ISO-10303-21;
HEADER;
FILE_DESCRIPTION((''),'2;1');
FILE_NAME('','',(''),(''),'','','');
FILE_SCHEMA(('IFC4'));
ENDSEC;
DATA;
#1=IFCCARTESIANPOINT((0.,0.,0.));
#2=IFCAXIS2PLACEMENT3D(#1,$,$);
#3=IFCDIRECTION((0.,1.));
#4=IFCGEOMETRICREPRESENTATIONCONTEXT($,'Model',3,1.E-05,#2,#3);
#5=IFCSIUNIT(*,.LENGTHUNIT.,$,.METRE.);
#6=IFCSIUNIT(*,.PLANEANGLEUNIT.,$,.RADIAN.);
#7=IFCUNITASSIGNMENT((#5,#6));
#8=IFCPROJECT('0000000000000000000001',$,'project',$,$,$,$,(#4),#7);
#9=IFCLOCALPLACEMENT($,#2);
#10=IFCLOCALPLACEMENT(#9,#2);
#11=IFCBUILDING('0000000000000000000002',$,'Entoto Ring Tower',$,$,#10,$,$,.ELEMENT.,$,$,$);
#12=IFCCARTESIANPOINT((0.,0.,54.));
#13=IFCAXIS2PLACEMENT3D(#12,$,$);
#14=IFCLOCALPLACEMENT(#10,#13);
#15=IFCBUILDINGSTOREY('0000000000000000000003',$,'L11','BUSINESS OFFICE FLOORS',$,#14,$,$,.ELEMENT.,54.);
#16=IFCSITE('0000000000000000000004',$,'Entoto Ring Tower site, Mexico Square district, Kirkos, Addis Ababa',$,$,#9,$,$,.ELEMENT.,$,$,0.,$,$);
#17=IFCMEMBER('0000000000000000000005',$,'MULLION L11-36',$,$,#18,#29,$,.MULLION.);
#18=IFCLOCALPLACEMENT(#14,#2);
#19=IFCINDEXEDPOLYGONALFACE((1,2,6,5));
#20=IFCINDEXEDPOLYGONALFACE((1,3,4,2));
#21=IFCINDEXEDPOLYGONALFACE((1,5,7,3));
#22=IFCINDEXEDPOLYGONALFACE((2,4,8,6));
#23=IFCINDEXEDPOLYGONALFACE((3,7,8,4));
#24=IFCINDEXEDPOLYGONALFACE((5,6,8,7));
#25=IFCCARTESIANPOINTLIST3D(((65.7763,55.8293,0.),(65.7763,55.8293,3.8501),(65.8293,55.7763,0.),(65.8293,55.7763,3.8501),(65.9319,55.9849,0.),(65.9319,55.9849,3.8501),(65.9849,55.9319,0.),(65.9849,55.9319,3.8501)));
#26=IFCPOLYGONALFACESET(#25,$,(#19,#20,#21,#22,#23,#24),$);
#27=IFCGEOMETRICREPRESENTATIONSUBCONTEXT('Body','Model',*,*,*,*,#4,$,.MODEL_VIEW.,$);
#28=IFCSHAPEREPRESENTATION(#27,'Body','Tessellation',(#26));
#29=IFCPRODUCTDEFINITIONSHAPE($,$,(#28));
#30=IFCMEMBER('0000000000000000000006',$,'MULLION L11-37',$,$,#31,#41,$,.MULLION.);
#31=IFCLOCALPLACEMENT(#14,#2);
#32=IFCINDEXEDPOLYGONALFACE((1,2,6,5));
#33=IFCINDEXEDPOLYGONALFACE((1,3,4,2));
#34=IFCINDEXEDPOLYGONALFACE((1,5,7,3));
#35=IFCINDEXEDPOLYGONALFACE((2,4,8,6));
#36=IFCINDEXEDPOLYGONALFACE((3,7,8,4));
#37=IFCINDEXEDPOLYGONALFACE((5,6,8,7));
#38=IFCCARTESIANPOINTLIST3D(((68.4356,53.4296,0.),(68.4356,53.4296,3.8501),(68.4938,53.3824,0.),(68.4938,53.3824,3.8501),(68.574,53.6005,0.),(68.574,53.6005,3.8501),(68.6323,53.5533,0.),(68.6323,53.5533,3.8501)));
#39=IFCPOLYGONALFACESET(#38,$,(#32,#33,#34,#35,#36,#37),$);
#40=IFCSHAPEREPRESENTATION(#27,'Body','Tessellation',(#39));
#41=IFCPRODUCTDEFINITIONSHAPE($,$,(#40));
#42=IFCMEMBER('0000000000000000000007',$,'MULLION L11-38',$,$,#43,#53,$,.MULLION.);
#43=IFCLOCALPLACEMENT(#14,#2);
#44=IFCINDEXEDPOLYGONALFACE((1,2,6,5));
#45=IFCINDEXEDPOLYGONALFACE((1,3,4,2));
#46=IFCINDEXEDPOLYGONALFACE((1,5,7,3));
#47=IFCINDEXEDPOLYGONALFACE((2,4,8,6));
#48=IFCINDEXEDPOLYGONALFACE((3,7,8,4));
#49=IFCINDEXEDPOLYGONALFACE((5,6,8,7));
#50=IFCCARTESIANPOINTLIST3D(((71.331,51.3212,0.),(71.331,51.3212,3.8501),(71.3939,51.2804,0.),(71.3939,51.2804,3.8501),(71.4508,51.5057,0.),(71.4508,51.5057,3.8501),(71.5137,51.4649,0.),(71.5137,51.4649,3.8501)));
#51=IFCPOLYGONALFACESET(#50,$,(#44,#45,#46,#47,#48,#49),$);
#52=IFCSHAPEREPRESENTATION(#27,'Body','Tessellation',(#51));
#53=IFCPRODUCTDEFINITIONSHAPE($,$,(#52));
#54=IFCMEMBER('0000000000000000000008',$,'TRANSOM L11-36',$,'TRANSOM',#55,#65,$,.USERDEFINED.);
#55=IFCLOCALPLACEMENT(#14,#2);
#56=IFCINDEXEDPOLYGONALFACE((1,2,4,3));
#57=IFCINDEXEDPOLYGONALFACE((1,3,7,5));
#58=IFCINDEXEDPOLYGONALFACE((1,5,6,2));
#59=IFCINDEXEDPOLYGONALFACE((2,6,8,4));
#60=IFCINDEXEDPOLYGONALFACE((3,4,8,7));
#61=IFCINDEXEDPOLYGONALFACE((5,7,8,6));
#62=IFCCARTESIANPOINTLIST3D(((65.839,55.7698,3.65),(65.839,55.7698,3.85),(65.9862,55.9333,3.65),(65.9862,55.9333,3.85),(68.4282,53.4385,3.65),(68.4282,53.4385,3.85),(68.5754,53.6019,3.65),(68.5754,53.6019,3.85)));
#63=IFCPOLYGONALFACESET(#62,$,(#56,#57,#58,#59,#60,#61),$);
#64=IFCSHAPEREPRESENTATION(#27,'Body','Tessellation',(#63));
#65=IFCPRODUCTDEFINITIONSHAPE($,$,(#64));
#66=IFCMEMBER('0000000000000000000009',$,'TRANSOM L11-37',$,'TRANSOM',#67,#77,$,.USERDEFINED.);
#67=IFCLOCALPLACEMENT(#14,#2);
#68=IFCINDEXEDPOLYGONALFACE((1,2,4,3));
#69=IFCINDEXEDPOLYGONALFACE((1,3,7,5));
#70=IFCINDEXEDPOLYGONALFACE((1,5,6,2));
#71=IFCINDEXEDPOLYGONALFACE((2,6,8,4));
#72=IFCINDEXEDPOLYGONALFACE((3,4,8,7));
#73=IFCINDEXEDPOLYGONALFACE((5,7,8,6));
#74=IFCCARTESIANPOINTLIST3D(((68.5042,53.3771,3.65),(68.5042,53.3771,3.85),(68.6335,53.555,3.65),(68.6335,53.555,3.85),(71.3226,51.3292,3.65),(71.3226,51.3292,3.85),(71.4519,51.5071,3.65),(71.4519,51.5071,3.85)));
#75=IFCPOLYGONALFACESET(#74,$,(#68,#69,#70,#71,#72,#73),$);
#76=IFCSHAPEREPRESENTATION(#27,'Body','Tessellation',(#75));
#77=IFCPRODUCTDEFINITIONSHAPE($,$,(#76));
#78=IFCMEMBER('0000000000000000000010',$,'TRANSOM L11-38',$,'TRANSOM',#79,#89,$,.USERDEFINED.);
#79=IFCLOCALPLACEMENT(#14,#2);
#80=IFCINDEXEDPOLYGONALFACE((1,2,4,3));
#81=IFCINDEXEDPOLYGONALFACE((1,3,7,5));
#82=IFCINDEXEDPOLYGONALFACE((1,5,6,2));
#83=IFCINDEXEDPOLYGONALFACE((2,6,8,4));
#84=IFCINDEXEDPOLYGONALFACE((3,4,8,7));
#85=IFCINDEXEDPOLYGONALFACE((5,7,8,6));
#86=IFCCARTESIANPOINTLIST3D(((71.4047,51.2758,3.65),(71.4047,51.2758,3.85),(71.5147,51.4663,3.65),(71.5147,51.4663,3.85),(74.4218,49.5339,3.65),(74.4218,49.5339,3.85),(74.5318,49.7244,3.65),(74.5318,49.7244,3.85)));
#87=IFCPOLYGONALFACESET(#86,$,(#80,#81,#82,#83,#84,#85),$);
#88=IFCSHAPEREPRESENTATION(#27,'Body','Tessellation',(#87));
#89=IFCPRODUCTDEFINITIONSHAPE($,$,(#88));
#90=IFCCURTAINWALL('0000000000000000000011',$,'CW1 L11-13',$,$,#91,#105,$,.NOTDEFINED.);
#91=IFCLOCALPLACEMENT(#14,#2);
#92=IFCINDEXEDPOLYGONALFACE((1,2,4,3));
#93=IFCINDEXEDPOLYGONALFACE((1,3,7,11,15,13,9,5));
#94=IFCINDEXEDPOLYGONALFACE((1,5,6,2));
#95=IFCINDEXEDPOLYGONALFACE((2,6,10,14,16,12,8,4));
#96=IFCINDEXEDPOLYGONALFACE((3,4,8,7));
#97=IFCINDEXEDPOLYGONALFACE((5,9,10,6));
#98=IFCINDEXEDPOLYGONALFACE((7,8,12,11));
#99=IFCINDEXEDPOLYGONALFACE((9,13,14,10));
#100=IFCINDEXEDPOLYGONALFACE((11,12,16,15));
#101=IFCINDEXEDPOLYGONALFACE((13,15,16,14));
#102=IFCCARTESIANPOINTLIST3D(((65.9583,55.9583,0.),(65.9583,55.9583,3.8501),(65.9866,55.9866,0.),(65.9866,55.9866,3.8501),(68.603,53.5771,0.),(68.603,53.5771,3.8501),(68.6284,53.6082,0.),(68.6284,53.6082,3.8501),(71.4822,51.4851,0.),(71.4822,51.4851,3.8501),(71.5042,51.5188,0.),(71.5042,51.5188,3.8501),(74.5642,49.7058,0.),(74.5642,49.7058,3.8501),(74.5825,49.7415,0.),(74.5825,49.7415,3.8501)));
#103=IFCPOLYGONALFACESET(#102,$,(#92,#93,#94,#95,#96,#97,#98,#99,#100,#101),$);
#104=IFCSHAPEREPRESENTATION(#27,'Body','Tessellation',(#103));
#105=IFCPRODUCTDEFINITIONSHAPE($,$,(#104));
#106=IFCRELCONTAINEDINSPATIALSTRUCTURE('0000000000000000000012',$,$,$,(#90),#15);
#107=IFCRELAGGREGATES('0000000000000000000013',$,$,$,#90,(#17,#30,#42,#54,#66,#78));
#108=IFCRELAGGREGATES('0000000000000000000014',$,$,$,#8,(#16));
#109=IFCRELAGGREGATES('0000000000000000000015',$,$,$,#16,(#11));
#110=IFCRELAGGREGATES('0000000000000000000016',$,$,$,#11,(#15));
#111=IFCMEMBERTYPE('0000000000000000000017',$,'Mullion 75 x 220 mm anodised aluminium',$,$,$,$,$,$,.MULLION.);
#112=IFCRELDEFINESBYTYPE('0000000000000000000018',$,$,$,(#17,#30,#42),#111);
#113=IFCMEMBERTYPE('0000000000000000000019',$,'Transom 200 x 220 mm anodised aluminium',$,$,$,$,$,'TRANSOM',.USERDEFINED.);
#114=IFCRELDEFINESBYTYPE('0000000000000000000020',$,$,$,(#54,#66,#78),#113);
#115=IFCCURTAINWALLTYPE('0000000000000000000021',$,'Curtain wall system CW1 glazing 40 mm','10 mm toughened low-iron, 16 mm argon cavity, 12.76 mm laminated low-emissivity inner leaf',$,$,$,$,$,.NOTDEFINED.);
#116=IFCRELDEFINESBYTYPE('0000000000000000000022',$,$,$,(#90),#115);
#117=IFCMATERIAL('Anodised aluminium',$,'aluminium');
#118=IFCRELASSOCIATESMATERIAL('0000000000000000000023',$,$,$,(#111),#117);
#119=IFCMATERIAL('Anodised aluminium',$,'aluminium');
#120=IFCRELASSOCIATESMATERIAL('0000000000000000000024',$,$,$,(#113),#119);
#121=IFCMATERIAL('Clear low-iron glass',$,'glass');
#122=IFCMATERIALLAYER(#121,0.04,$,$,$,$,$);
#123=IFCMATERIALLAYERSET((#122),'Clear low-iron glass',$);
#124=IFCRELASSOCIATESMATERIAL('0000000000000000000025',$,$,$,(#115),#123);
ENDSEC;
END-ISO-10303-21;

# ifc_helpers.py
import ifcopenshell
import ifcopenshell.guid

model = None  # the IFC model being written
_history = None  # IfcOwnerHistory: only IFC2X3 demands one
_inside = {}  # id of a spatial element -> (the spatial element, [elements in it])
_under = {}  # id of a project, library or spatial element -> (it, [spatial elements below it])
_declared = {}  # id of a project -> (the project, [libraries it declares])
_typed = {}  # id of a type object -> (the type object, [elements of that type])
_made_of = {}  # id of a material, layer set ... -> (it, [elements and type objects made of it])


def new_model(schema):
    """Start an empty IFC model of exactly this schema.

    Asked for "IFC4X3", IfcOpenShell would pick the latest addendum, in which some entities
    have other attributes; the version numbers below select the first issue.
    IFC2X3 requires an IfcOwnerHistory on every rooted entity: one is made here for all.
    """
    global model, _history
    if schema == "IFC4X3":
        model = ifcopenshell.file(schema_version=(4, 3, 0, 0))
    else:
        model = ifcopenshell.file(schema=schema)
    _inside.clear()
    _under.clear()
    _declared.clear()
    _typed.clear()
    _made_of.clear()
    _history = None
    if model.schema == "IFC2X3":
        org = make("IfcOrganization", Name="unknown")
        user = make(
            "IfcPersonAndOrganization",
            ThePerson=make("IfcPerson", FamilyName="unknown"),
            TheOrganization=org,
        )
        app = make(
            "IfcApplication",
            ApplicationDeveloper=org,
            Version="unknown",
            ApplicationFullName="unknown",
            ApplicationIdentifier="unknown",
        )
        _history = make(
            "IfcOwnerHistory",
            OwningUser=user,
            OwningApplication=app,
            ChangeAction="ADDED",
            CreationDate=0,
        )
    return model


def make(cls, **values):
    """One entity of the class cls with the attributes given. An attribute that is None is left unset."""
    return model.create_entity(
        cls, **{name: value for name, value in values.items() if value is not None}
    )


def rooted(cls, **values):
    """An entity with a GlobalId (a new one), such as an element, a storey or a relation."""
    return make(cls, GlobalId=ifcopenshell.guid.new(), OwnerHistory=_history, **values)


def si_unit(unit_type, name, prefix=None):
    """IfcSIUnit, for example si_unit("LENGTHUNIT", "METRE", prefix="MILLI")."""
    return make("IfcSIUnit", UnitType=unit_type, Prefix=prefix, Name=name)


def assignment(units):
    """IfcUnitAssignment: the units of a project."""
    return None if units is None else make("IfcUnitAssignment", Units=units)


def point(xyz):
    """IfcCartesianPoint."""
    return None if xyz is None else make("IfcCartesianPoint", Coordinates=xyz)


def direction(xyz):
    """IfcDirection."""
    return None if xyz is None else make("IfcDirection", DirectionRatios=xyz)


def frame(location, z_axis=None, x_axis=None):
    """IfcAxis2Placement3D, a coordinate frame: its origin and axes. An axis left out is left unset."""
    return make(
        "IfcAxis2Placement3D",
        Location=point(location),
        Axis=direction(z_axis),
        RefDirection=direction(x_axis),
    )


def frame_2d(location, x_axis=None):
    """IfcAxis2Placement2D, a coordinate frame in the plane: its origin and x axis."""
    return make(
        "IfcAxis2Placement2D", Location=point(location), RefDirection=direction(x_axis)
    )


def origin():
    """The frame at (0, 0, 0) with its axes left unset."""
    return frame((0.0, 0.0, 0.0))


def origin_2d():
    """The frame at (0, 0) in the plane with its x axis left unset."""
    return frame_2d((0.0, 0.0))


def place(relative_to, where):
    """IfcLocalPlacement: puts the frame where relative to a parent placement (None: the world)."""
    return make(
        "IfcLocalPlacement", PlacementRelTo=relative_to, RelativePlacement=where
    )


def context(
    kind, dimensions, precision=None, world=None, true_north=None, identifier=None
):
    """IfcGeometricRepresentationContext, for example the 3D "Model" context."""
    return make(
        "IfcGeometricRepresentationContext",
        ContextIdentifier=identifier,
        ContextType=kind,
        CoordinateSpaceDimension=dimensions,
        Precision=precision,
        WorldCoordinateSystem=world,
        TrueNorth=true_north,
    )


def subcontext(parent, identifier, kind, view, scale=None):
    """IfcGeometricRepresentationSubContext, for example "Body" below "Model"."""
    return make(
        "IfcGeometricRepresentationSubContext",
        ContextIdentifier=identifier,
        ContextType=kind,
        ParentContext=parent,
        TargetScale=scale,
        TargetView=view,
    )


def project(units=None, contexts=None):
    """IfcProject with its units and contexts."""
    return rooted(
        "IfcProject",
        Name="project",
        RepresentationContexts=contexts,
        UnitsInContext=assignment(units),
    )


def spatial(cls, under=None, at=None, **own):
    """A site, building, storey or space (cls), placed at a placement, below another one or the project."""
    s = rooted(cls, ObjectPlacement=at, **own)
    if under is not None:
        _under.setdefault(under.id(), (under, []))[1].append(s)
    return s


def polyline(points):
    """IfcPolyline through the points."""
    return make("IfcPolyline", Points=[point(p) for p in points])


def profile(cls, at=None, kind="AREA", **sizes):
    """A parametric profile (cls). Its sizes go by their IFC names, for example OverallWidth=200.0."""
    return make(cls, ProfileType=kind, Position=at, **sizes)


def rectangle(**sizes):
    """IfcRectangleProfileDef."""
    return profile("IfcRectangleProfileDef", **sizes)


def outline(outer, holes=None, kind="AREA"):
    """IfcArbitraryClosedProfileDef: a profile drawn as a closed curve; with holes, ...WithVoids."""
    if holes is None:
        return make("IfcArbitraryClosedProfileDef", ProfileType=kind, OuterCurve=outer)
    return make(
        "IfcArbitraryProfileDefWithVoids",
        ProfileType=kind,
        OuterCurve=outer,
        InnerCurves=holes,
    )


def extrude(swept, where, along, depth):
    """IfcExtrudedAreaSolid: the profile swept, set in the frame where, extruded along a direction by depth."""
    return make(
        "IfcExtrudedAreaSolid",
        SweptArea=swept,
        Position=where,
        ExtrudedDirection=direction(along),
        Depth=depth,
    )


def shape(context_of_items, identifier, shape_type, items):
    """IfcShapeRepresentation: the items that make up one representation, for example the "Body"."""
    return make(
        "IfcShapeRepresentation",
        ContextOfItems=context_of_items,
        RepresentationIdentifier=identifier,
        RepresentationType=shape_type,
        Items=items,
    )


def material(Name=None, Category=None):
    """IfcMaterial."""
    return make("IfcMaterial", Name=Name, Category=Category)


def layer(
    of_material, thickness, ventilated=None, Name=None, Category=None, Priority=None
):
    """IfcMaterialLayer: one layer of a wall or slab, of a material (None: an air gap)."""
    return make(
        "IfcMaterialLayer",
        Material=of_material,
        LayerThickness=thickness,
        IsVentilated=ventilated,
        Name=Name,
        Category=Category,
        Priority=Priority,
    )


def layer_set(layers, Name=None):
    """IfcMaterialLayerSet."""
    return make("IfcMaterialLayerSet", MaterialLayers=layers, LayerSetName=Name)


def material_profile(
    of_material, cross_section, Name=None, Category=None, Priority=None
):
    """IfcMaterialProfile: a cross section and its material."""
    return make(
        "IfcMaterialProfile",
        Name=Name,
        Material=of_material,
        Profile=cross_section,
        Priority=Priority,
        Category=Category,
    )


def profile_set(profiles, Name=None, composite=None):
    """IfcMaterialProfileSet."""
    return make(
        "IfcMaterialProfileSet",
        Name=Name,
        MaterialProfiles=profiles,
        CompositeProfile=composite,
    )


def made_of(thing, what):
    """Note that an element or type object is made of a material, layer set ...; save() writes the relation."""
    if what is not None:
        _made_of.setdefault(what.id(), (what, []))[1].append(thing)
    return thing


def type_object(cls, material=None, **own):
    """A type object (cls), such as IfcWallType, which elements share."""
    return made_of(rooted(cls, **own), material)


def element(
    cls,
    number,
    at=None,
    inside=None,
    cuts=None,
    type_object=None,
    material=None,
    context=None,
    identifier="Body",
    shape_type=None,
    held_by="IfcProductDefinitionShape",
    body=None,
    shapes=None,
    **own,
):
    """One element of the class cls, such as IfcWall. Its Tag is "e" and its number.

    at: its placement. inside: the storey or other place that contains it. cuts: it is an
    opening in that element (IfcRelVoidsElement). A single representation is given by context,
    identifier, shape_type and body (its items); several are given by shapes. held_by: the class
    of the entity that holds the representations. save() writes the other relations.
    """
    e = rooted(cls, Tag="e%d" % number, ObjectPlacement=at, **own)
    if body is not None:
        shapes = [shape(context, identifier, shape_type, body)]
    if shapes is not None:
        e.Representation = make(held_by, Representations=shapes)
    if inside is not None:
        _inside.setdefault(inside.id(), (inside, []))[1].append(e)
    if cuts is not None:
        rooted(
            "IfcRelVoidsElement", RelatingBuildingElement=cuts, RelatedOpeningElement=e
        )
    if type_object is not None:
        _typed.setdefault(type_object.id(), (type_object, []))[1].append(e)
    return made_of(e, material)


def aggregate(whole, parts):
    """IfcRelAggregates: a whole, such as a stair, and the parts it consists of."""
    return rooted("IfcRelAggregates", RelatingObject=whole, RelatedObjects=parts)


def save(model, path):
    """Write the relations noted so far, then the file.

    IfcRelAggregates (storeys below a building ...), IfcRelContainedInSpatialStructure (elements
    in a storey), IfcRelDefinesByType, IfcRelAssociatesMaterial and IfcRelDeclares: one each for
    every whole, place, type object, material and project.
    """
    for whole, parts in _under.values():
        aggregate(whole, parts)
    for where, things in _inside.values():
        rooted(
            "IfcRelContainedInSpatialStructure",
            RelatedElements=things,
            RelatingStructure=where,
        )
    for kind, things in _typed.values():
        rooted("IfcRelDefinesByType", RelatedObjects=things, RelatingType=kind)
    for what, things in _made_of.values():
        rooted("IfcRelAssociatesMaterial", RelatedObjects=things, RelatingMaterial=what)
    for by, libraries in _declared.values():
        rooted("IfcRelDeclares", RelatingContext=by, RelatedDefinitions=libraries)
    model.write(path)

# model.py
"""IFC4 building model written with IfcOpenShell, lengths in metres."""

from ifc_helpers import new_model, si_unit, direction, frame, origin, origin_2d, place, context, subcontext, project, spatial, polyline, rectangle, outline, extrude, material, layer, layer_set, material_profile, profile_set, type_object, element, aggregate, save


model = new_model("IFC4")

# Units and contexts
model_context = context("Model", 3, precision=1e-05, world=origin(), true_north=direction((0.0, 1.0)))
body_context = subcontext(model_context, "Body", "Model", "MODEL_VIEW")
ifc_project = project(units=[si_unit("LENGTHUNIT", "METRE"), si_unit("PLANEANGLEUNIT", "RADIAN")], contexts=[model_context])

# Members
ifc_material_1 = material(Name="Anodised aluminium", Category="aluminium")
ifc_material_profile_1 = material_profile(ifc_material_1, rectangle(XDim=0.075, YDim=0.22, at=origin_2d()), Name="Mullion 75 x 220 mm anodised aluminium")
ifc_profile_set_1 = profile_set([ifc_material_profile_1], Name="Anodised aluminium")
member_type_1 = type_object("IfcMemberType", Name="Mullion 75 x 220 mm anodised aluminium", PredefinedType="MULLION", material=ifc_profile_set_1)
site_placement = place(None, origin())
building_placement = place(site_placement, origin())
storey_placement = place(building_placement, frame((0.0, 0.0, 54.0)))
member_1_placement = place(storey_placement, frame((65.8806, 55.8806, 0.0), z_axis=(0.0, 0.0, 1.0), x_axis=(0.707107, -0.707107, 0.0)))
member_1 = element("IfcMember", 1, at=member_1_placement, type_object=member_type_1, Name="MULLION L11-36", PredefinedType="MULLION", context=body_context, shape_type="SweptSolid", body=[
    extrude(rectangle(XDim=0.075, YDim=0.22, at=origin_2d()), origin(), (0.0, 0.0, 1.0), 3.8501),
])
member_2_placement = place(storey_placement, frame((68.5339, 53.4915, 0.0), z_axis=(0.0, 0.0, 1.0), x_axis=(0.777146, -0.62932, 0.0)))
member_2 = element("IfcMember", 2, at=member_2_placement, type_object=member_type_1, Name="MULLION L11-37", PredefinedType="MULLION", context=body_context, shape_type="SweptSolid", body=[
    extrude(rectangle(XDim=0.075, YDim=0.22, at=origin_2d()), origin(), (0.0, 0.0, 1.0), 3.8501),
])
member_3_placement = place(storey_placement, frame((71.4224, 51.3931, 0.0), z_axis=(0.0, 0.0, 1.0), x_axis=(0.838671, -0.544639, 0.0)))
member_3 = element("IfcMember", 3, at=member_3_placement, type_object=member_type_1, Name="MULLION L11-38", PredefinedType="MULLION", context=body_context, shape_type="SweptSolid", body=[
    extrude(rectangle(XDim=0.075, YDim=0.22, at=origin_2d()), origin(), (0.0, 0.0, 1.0), 3.8501),
])
ifc_material_2 = material(Name="Anodised aluminium", Category="aluminium")
ifc_material_profile_2 = material_profile(ifc_material_2, rectangle(XDim=0.22, YDim=0.2, at=origin_2d()), Name="Transom 200 x 220 mm anodised aluminium")
ifc_profile_set_2 = profile_set([ifc_material_profile_2], Name="Anodised aluminium")
member_type_2 = type_object("IfcMemberType", Name="Transom 200 x 220 mm anodised aluminium", ElementType="TRANSOM", PredefinedType="USERDEFINED", material=ifc_profile_set_2)
member_4_placement = place(storey_placement, frame((65.9126, 55.8516, 3.75), z_axis=(0.743137, -0.669139, 0.0), x_axis=(0.669139, 0.743137, 0.0)))
member_4 = element("IfcMember", 4, at=member_4_placement, type_object=member_type_2, Name="TRANSOM L11-36", ObjectType="TRANSOM", PredefinedType="USERDEFINED", context=body_context, shape_type="SweptSolid", body=[
    extrude(rectangle(XDim=0.22, YDim=0.2, at=origin_2d()), origin(), (0.0, 0.0, 1.0), 3.4841),
])
member_5_placement = place(storey_placement, frame((68.5688, 53.4661, 3.75), z_axis=(0.808991, -0.587822, 0.0), x_axis=(0.587822, 0.808991, 0.0)))
member_5 = element("IfcMember", 5, at=member_5_placement, type_object=member_type_2, Name="TRANSOM L11-37", ObjectType="TRANSOM", PredefinedType="USERDEFINED", context=body_context, shape_type="SweptSolid", body=[
    extrude(rectangle(XDim=0.22, YDim=0.2, at=origin_2d()), origin(), (0.0, 0.0, 1.0), 3.4839),
])
member_6_placement = place(storey_placement, frame((71.4597, 51.3711, 3.75), z_axis=(0.866022, -0.500006, 0.0), x_axis=(0.500006, 0.866022, 0.0)))
member_6 = element("IfcMember", 6, at=member_6_placement, type_object=member_type_2, Name="TRANSOM L11-38", ObjectType="TRANSOM", PredefinedType="USERDEFINED", context=body_context, shape_type="SweptSolid", body=[
    extrude(rectangle(XDim=0.22, YDim=0.2, at=origin_2d()), origin(), (0.0, 0.0, 1.0), 3.4839),
])

# Site, building, storey
site = spatial("IfcSite", under=ifc_project, at=site_placement, Name="Entoto Ring Tower site, Mexico Square district, Kirkos, Addis Ababa", CompositionType="ELEMENT", RefElevation=0.0)
building = spatial("IfcBuilding", under=site, at=building_placement, Name="Entoto Ring Tower", CompositionType="ELEMENT")
storey = spatial("IfcBuildingStorey", under=building, at=storey_placement, Name="L11", Description="BUSINESS OFFICE FLOORS", CompositionType="ELEMENT", Elevation=54.0)

# Curtain wall
ifc_material_3 = material(Name="Clear low-iron glass", Category="glass")
ifc_layer = layer(ifc_material_3, 0.04)
ifc_layer_set = layer_set([ifc_layer], Name="Clear low-iron glass")
curtain_wall_type = type_object("IfcCurtainWallType", Name="Curtain wall system CW1 glazing 40 mm", Description="10 mm toughened low-iron, 16 mm argon cavity, 12.76 mm laminated low-emissivity inner leaf", PredefinedType="NOTDEFINED", material=ifc_layer_set)
curtain_wall_1_placement = place(storey_placement, origin())
curtain_wall_1 = element("IfcCurtainWall", 7, at=curtain_wall_1_placement, inside=storey, type_object=curtain_wall_type, Name="CW1 L11-13", PredefinedType="NOTDEFINED", context=body_context, shape_type="SweptSolid", body=[
    extrude(outline(polyline([(65.9583, 55.9583), (68.603, 53.5771), (71.4822, 51.4851), (74.5642, 49.7058), (74.5825, 49.7415), (71.5042, 51.5188), (68.6284, 53.6082), (65.9866, 55.9866), (65.9583, 55.9583)])), origin(), (0.0, 0.0, 1.0), 3.8501),
])
aggregate(curtain_wall_1, [member_1, member_2, member_3, member_4, member_5, member_6])

save(model, "model.ifc")
